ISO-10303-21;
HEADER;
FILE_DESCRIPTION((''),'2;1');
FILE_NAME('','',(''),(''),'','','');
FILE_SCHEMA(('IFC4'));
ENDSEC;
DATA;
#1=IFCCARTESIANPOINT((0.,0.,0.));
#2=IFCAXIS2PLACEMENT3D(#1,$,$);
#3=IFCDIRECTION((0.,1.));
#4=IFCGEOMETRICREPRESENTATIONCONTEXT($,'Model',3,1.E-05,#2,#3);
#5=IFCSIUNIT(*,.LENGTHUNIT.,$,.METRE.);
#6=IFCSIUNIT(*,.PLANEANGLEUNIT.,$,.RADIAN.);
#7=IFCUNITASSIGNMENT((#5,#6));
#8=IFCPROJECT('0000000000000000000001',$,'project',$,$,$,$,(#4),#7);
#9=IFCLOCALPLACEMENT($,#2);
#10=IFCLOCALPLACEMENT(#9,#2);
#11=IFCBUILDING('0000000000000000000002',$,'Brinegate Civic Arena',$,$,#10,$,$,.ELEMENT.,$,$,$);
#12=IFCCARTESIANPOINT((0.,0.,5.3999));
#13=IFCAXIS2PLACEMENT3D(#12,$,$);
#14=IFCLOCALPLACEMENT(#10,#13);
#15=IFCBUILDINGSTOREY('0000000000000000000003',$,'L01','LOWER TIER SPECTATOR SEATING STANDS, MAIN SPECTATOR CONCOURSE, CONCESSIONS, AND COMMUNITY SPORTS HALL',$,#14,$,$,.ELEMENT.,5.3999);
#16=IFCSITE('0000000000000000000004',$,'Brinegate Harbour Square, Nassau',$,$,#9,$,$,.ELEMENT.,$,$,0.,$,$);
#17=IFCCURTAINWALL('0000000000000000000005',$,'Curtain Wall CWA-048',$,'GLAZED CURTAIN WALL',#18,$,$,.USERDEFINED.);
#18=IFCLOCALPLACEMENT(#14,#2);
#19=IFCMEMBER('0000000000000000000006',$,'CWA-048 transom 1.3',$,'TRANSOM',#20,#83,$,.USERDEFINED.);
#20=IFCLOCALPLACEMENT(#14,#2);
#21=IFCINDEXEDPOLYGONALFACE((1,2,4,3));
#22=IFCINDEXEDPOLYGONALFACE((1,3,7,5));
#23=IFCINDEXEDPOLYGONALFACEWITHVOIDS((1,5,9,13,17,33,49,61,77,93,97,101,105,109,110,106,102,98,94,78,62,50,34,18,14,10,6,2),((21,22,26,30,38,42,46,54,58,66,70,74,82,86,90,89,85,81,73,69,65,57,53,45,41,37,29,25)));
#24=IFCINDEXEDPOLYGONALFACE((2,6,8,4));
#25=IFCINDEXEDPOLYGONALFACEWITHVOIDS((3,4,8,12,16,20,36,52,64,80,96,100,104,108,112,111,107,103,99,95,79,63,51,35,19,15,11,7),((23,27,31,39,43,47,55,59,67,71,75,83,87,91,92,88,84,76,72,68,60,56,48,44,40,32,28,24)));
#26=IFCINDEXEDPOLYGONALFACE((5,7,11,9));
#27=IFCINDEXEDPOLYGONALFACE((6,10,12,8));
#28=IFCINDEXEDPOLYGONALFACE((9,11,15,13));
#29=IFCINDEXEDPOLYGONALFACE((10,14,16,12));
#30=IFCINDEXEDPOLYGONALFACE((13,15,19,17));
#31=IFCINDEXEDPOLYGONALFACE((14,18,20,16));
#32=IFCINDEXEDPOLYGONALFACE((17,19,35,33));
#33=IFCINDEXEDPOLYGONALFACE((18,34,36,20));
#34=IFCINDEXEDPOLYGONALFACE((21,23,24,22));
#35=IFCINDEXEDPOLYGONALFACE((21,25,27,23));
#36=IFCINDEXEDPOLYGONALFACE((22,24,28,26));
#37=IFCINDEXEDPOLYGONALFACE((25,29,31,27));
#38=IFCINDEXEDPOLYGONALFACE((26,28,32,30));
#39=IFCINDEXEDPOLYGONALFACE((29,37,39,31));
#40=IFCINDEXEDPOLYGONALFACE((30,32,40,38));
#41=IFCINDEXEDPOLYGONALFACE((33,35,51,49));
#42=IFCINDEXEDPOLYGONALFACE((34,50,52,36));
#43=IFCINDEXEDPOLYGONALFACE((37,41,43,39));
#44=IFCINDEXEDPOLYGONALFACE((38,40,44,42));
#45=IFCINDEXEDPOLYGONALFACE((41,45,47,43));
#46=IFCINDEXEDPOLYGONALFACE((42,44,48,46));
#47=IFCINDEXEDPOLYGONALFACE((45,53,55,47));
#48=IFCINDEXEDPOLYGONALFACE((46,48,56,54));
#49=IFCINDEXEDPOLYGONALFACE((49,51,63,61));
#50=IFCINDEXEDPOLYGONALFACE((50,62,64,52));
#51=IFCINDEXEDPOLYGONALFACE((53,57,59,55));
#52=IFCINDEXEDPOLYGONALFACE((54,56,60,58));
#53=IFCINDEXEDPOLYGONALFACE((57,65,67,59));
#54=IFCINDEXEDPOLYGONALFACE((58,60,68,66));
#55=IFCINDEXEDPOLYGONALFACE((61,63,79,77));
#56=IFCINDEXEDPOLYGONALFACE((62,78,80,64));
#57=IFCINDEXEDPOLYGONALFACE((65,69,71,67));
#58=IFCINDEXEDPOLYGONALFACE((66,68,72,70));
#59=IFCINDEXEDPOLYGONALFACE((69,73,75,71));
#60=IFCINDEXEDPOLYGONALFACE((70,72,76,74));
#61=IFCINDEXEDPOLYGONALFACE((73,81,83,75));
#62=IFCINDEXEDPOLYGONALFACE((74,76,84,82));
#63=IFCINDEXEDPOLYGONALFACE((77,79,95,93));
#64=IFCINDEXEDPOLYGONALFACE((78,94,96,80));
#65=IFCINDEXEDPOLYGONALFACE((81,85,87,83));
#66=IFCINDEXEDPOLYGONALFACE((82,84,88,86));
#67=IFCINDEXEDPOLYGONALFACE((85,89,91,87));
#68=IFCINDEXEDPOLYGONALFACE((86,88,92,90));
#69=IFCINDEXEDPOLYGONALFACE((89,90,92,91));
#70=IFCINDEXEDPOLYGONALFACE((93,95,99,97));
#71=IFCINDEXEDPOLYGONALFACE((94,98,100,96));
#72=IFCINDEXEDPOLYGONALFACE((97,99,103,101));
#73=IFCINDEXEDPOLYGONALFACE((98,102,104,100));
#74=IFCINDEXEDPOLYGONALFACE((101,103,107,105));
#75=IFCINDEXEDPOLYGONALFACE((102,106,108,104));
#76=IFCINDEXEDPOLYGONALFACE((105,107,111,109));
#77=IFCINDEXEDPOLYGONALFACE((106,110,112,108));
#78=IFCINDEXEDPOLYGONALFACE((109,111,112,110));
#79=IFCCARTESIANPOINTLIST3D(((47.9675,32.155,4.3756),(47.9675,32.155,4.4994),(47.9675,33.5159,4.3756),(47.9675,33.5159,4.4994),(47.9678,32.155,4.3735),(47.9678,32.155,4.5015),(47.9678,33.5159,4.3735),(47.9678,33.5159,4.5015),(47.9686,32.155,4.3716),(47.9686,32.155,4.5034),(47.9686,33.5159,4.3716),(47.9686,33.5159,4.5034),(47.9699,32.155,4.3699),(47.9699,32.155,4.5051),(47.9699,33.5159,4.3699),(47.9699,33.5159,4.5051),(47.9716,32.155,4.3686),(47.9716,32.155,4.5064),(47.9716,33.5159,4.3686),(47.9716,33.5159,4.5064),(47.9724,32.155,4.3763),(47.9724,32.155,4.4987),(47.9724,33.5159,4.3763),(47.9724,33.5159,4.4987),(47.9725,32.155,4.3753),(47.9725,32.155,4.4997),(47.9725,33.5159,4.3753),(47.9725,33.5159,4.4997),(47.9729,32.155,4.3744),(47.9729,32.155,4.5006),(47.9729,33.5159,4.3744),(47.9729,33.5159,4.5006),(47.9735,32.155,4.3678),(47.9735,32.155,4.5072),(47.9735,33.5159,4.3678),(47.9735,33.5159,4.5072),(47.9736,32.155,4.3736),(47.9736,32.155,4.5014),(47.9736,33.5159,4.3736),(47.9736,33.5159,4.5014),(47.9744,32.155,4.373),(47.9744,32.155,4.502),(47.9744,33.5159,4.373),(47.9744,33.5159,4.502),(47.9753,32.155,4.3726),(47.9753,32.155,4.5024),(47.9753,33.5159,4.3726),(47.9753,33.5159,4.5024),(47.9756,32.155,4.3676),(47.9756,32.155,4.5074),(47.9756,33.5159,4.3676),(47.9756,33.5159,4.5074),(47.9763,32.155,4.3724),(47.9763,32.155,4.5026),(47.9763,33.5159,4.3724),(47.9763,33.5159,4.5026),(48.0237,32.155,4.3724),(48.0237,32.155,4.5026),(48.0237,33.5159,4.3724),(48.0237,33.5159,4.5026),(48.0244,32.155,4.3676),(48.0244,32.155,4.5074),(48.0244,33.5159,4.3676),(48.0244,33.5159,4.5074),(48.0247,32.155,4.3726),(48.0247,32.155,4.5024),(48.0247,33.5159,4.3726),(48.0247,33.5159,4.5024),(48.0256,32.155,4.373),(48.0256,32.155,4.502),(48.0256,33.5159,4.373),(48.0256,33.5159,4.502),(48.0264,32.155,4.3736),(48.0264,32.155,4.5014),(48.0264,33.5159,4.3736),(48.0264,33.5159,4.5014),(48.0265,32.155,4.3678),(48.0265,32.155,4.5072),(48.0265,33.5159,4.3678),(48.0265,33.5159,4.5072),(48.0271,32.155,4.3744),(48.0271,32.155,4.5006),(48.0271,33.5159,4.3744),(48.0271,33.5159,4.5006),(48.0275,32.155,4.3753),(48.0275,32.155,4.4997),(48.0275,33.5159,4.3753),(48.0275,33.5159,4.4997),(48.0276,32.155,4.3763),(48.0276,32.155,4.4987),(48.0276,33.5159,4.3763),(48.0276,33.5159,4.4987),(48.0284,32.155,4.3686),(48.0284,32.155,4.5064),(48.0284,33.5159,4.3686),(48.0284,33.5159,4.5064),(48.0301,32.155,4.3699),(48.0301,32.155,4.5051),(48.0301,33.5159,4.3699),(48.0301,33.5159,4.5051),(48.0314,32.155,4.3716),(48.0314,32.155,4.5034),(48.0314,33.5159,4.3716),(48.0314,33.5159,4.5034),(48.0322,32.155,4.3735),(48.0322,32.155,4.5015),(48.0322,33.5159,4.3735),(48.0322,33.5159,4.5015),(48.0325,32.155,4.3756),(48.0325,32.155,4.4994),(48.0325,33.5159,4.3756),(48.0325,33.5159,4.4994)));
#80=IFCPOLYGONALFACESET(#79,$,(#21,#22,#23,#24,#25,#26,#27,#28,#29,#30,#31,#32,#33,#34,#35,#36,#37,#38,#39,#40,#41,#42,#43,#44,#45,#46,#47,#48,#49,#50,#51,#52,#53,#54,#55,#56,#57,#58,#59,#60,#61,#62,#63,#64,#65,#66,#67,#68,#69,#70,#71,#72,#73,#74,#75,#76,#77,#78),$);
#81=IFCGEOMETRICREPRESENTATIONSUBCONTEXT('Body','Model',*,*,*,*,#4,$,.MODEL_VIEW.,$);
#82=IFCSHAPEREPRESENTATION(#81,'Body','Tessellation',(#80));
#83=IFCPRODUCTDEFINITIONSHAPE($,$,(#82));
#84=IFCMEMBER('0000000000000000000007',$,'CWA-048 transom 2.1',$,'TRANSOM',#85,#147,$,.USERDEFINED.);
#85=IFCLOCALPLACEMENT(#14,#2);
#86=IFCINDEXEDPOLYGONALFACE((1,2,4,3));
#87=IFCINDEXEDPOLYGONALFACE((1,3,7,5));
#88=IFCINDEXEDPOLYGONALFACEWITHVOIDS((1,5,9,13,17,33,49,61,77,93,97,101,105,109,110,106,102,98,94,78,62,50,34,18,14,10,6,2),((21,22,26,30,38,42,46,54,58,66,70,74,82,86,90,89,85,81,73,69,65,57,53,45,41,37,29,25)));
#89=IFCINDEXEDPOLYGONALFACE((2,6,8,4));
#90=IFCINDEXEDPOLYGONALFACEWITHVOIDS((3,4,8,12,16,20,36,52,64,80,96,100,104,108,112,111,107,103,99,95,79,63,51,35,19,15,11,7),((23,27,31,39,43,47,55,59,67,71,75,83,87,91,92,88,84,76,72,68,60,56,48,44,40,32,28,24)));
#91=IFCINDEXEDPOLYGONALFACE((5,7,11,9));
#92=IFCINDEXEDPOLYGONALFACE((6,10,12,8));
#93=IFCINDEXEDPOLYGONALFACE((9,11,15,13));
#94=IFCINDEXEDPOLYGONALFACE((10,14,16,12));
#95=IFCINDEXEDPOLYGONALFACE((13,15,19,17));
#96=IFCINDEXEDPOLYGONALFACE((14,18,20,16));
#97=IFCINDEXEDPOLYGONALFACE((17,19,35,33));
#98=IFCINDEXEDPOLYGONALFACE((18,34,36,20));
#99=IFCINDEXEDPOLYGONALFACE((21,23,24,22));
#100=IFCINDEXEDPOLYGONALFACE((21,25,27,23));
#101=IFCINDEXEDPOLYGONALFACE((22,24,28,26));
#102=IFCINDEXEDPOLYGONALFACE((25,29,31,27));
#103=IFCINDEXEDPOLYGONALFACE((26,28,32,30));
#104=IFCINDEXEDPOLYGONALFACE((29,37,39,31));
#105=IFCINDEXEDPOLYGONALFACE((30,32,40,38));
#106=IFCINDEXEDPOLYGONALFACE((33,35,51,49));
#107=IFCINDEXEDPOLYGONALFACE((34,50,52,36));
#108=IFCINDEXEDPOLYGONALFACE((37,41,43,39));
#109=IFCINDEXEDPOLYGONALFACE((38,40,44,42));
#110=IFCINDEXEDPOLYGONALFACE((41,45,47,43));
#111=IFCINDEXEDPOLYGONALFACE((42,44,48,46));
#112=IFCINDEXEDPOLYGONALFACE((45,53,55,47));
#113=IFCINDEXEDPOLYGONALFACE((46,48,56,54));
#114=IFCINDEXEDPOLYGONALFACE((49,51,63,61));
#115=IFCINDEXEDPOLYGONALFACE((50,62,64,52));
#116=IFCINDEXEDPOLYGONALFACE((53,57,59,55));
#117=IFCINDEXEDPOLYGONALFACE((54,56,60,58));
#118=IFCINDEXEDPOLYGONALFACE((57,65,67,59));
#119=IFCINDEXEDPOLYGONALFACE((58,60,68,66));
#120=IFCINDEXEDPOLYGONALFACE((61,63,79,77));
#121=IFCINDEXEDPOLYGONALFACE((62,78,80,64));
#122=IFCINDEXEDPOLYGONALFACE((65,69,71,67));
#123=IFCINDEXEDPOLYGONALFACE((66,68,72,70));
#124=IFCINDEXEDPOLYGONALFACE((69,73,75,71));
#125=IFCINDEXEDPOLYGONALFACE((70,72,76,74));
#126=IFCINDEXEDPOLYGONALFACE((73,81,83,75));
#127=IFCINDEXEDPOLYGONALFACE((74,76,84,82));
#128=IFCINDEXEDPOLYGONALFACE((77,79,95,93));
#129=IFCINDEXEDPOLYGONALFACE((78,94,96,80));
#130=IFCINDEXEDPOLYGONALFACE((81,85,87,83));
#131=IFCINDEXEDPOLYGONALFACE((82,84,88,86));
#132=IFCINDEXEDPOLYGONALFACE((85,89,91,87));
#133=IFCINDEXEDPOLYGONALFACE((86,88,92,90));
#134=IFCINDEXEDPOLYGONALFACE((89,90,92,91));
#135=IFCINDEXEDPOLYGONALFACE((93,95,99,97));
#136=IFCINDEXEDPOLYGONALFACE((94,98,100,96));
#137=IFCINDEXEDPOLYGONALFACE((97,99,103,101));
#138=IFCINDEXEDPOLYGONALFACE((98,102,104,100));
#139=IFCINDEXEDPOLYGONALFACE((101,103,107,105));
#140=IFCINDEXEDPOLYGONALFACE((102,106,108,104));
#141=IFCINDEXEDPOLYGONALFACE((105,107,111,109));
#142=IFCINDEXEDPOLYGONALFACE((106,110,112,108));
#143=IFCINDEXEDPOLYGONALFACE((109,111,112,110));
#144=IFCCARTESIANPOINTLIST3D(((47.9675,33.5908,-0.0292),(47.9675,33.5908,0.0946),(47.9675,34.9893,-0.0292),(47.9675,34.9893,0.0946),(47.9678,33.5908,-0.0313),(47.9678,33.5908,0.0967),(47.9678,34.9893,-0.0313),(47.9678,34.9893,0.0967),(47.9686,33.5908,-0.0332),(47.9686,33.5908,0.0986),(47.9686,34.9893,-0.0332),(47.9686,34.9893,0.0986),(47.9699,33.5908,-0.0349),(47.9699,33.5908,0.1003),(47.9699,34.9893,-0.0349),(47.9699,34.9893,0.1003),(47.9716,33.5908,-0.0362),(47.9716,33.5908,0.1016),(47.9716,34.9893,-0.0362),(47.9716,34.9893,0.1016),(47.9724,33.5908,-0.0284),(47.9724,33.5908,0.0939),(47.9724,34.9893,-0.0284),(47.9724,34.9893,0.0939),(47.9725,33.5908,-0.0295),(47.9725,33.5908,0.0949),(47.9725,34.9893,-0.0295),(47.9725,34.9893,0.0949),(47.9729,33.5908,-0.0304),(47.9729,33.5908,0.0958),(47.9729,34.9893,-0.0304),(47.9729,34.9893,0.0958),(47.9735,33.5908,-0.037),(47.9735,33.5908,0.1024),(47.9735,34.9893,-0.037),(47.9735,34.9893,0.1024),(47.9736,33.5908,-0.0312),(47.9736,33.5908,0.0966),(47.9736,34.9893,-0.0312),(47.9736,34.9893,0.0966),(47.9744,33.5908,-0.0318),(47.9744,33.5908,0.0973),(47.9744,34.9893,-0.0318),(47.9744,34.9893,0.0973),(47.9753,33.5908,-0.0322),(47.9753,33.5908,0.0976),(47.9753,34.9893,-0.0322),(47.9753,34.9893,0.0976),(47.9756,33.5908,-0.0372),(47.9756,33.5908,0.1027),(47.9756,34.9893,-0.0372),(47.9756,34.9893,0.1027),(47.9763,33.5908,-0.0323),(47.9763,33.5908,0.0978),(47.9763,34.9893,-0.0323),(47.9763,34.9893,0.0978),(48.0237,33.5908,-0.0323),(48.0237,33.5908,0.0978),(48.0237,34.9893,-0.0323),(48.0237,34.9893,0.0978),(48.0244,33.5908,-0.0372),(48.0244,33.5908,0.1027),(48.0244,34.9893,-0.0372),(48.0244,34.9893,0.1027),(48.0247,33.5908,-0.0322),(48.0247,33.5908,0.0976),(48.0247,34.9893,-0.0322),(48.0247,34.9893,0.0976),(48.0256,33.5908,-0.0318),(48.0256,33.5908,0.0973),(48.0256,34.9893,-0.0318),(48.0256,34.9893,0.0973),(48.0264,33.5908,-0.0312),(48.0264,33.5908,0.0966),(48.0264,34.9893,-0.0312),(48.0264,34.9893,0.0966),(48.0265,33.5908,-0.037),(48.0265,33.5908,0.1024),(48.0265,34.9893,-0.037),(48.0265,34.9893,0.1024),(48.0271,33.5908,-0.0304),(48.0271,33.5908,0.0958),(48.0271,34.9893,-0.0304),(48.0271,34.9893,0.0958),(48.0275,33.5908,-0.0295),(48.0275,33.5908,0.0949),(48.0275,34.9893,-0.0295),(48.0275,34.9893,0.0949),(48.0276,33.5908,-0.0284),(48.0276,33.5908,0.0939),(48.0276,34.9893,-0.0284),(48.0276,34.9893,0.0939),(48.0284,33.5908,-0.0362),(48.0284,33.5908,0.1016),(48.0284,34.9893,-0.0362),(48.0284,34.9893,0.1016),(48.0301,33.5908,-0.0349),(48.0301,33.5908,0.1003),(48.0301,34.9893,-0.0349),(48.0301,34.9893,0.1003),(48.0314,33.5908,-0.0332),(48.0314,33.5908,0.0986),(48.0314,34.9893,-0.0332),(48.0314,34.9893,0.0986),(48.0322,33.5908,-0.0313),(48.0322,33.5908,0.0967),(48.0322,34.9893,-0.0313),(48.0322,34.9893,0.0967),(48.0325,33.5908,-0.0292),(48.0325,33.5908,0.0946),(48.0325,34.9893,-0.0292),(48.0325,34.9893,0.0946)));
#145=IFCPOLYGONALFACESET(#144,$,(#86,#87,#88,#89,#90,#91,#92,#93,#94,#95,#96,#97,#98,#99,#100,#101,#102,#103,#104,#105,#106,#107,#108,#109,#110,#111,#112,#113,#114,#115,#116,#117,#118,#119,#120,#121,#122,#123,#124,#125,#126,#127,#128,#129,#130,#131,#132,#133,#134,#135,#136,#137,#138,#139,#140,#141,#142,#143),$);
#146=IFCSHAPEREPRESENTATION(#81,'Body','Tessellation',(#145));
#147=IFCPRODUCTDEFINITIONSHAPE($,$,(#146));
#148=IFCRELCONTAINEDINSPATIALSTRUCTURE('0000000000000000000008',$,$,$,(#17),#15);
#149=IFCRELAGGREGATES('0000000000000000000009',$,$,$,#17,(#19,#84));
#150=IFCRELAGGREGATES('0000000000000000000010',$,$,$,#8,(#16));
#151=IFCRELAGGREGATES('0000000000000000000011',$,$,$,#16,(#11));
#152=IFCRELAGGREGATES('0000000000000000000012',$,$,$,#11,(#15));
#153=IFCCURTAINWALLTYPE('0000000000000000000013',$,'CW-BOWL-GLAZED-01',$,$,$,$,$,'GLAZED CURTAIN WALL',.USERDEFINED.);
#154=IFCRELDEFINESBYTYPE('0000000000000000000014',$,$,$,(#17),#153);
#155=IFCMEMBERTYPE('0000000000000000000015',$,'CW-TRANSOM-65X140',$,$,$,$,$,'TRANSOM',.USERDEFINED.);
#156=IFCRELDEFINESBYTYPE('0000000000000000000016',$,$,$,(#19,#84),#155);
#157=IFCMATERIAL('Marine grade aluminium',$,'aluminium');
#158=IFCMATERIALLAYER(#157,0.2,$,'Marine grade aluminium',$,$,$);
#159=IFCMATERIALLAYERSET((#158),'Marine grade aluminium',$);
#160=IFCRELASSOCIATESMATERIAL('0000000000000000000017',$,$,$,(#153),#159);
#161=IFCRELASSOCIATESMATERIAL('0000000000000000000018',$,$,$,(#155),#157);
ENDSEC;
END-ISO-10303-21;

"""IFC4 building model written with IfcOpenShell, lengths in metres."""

from ifc_helpers import new_model, si_unit, direction, frame, origin, origin_2d, place, context, subcontext, project, spatial, hollow_rectangle, extrude, material, layer, layer_set, material_profile, profile_set, type_object, element, aggregate, save


model = new_model("IFC4")

# Units and contexts
model_context = context("Model", 3, precision=1e-05, world=origin(), true_north=direction((0.0, 1.0)))
body_context = subcontext(model_context, "Body", "Model", "MODEL_VIEW")
ifc_project = project(units=[si_unit("LENGTHUNIT", "METRE"), si_unit("PLANEANGLEUNIT", "RADIAN")], contexts=[model_context])

# Site, building, storey
site_placement = place(None, origin())
site = spatial("IfcSite", under=ifc_project, at=site_placement, Name="Brinegate Harbour Square, Nassau", CompositionType="ELEMENT", RefElevation=0.0)
building_placement = place(site_placement, origin())
building = spatial("IfcBuilding", under=site, at=building_placement, Name="Brinegate Civic Arena", CompositionType="ELEMENT")
storey_placement = place(building_placement, frame((0.0, 0.0, 5.3999)))
storey = spatial("IfcBuildingStorey", under=building, at=storey_placement, Name="L01", Description="LOWER TIER SPECTATOR SEATING STANDS, MAIN SPECTATOR CONCOURSE, CONCESSIONS, AND COMMUNITY SPORTS HALL", CompositionType="ELEMENT", Elevation=5.3999)

# Curtain wall, members
ifc_material_1 = material(Name="Marine grade aluminium", Category="aluminium")
ifc_layer_1 = layer(ifc_material_1, 0.2, Name="Marine grade aluminium")
ifc_layer_set_1 = layer_set([ifc_layer_1], Name="Marine grade aluminium")
curtain_wall_type = type_object("IfcCurtainWallType", Name="CW-BOWL-GLAZED-01", ElementType="GLAZED CURTAIN WALL", PredefinedType="USERDEFINED", material=ifc_layer_set_1)
curtain_wall_1_placement = place(storey_placement, origin())
curtain_wall_1 = element("IfcCurtainWall", 1, at=curtain_wall_1_placement, inside=storey, type_object=curtain_wall_type, Name="Curtain Wall CWA-048", ObjectType="GLAZED CURTAIN WALL", PredefinedType="USERDEFINED")
ifc_material_profile_1 = material_profile(ifc_material_1, hollow_rectangle(XDim=0.0649, YDim=0.1399, WallThickness=0.0049, InnerFilletRadius=0.0039, OuterFilletRadius=0.0081, at=origin_2d()), Name="TRN65X140")
ifc_profile_set_1 = profile_set([ifc_material_profile_1], Name="Marine grade aluminium")
member_type_1 = type_object("IfcMemberType", Name="CW-TRANSOM-65X140", ElementType="TRANSOM", PredefinedType="USERDEFINED", material=ifc_profile_set_1)
member_1_placement = place(storey_placement, frame((48.0, 32.155, 4.4375), z_axis=(0.0, 1.0, 0.0), x_axis=(-1.0, 0.0, 0.0)))
member_1 = element("IfcMember", 2, at=member_1_placement, type_object=member_type_1, Name="CWA-048 transom 1.3", ObjectType="TRANSOM", PredefinedType="USERDEFINED", context=body_context, shape_type="SweptSolid", body=[
    extrude(hollow_rectangle(XDim=0.0649, YDim=0.1399, WallThickness=0.0049, InnerFilletRadius=0.0039, OuterFilletRadius=0.0081, at=origin_2d()), origin(), (0.0, 0.0, 1.0), 1.3608),
])
member_2_placement = place(storey_placement, frame((48.0, 33.5908, 0.0327), z_axis=(0.0, 1.0, 0.0), x_axis=(-1.0, 0.0, 0.0)))
member_2 = element("IfcMember", 3, at=member_2_placement, type_object=member_type_1, Name="CWA-048 transom 2.1", ObjectType="TRANSOM", PredefinedType="USERDEFINED", context=body_context, shape_type="SweptSolid", body=[
    extrude(hollow_rectangle(XDim=0.0649, YDim=0.1399, WallThickness=0.0049, InnerFilletRadius=0.0039, OuterFilletRadius=0.0081, at=origin_2d()), origin(), (0.0, 0.0, 1.0), 1.3984),
])

aggregate(curtain_wall_1, [member_1, member_2])

save(model, "model.ifc")
